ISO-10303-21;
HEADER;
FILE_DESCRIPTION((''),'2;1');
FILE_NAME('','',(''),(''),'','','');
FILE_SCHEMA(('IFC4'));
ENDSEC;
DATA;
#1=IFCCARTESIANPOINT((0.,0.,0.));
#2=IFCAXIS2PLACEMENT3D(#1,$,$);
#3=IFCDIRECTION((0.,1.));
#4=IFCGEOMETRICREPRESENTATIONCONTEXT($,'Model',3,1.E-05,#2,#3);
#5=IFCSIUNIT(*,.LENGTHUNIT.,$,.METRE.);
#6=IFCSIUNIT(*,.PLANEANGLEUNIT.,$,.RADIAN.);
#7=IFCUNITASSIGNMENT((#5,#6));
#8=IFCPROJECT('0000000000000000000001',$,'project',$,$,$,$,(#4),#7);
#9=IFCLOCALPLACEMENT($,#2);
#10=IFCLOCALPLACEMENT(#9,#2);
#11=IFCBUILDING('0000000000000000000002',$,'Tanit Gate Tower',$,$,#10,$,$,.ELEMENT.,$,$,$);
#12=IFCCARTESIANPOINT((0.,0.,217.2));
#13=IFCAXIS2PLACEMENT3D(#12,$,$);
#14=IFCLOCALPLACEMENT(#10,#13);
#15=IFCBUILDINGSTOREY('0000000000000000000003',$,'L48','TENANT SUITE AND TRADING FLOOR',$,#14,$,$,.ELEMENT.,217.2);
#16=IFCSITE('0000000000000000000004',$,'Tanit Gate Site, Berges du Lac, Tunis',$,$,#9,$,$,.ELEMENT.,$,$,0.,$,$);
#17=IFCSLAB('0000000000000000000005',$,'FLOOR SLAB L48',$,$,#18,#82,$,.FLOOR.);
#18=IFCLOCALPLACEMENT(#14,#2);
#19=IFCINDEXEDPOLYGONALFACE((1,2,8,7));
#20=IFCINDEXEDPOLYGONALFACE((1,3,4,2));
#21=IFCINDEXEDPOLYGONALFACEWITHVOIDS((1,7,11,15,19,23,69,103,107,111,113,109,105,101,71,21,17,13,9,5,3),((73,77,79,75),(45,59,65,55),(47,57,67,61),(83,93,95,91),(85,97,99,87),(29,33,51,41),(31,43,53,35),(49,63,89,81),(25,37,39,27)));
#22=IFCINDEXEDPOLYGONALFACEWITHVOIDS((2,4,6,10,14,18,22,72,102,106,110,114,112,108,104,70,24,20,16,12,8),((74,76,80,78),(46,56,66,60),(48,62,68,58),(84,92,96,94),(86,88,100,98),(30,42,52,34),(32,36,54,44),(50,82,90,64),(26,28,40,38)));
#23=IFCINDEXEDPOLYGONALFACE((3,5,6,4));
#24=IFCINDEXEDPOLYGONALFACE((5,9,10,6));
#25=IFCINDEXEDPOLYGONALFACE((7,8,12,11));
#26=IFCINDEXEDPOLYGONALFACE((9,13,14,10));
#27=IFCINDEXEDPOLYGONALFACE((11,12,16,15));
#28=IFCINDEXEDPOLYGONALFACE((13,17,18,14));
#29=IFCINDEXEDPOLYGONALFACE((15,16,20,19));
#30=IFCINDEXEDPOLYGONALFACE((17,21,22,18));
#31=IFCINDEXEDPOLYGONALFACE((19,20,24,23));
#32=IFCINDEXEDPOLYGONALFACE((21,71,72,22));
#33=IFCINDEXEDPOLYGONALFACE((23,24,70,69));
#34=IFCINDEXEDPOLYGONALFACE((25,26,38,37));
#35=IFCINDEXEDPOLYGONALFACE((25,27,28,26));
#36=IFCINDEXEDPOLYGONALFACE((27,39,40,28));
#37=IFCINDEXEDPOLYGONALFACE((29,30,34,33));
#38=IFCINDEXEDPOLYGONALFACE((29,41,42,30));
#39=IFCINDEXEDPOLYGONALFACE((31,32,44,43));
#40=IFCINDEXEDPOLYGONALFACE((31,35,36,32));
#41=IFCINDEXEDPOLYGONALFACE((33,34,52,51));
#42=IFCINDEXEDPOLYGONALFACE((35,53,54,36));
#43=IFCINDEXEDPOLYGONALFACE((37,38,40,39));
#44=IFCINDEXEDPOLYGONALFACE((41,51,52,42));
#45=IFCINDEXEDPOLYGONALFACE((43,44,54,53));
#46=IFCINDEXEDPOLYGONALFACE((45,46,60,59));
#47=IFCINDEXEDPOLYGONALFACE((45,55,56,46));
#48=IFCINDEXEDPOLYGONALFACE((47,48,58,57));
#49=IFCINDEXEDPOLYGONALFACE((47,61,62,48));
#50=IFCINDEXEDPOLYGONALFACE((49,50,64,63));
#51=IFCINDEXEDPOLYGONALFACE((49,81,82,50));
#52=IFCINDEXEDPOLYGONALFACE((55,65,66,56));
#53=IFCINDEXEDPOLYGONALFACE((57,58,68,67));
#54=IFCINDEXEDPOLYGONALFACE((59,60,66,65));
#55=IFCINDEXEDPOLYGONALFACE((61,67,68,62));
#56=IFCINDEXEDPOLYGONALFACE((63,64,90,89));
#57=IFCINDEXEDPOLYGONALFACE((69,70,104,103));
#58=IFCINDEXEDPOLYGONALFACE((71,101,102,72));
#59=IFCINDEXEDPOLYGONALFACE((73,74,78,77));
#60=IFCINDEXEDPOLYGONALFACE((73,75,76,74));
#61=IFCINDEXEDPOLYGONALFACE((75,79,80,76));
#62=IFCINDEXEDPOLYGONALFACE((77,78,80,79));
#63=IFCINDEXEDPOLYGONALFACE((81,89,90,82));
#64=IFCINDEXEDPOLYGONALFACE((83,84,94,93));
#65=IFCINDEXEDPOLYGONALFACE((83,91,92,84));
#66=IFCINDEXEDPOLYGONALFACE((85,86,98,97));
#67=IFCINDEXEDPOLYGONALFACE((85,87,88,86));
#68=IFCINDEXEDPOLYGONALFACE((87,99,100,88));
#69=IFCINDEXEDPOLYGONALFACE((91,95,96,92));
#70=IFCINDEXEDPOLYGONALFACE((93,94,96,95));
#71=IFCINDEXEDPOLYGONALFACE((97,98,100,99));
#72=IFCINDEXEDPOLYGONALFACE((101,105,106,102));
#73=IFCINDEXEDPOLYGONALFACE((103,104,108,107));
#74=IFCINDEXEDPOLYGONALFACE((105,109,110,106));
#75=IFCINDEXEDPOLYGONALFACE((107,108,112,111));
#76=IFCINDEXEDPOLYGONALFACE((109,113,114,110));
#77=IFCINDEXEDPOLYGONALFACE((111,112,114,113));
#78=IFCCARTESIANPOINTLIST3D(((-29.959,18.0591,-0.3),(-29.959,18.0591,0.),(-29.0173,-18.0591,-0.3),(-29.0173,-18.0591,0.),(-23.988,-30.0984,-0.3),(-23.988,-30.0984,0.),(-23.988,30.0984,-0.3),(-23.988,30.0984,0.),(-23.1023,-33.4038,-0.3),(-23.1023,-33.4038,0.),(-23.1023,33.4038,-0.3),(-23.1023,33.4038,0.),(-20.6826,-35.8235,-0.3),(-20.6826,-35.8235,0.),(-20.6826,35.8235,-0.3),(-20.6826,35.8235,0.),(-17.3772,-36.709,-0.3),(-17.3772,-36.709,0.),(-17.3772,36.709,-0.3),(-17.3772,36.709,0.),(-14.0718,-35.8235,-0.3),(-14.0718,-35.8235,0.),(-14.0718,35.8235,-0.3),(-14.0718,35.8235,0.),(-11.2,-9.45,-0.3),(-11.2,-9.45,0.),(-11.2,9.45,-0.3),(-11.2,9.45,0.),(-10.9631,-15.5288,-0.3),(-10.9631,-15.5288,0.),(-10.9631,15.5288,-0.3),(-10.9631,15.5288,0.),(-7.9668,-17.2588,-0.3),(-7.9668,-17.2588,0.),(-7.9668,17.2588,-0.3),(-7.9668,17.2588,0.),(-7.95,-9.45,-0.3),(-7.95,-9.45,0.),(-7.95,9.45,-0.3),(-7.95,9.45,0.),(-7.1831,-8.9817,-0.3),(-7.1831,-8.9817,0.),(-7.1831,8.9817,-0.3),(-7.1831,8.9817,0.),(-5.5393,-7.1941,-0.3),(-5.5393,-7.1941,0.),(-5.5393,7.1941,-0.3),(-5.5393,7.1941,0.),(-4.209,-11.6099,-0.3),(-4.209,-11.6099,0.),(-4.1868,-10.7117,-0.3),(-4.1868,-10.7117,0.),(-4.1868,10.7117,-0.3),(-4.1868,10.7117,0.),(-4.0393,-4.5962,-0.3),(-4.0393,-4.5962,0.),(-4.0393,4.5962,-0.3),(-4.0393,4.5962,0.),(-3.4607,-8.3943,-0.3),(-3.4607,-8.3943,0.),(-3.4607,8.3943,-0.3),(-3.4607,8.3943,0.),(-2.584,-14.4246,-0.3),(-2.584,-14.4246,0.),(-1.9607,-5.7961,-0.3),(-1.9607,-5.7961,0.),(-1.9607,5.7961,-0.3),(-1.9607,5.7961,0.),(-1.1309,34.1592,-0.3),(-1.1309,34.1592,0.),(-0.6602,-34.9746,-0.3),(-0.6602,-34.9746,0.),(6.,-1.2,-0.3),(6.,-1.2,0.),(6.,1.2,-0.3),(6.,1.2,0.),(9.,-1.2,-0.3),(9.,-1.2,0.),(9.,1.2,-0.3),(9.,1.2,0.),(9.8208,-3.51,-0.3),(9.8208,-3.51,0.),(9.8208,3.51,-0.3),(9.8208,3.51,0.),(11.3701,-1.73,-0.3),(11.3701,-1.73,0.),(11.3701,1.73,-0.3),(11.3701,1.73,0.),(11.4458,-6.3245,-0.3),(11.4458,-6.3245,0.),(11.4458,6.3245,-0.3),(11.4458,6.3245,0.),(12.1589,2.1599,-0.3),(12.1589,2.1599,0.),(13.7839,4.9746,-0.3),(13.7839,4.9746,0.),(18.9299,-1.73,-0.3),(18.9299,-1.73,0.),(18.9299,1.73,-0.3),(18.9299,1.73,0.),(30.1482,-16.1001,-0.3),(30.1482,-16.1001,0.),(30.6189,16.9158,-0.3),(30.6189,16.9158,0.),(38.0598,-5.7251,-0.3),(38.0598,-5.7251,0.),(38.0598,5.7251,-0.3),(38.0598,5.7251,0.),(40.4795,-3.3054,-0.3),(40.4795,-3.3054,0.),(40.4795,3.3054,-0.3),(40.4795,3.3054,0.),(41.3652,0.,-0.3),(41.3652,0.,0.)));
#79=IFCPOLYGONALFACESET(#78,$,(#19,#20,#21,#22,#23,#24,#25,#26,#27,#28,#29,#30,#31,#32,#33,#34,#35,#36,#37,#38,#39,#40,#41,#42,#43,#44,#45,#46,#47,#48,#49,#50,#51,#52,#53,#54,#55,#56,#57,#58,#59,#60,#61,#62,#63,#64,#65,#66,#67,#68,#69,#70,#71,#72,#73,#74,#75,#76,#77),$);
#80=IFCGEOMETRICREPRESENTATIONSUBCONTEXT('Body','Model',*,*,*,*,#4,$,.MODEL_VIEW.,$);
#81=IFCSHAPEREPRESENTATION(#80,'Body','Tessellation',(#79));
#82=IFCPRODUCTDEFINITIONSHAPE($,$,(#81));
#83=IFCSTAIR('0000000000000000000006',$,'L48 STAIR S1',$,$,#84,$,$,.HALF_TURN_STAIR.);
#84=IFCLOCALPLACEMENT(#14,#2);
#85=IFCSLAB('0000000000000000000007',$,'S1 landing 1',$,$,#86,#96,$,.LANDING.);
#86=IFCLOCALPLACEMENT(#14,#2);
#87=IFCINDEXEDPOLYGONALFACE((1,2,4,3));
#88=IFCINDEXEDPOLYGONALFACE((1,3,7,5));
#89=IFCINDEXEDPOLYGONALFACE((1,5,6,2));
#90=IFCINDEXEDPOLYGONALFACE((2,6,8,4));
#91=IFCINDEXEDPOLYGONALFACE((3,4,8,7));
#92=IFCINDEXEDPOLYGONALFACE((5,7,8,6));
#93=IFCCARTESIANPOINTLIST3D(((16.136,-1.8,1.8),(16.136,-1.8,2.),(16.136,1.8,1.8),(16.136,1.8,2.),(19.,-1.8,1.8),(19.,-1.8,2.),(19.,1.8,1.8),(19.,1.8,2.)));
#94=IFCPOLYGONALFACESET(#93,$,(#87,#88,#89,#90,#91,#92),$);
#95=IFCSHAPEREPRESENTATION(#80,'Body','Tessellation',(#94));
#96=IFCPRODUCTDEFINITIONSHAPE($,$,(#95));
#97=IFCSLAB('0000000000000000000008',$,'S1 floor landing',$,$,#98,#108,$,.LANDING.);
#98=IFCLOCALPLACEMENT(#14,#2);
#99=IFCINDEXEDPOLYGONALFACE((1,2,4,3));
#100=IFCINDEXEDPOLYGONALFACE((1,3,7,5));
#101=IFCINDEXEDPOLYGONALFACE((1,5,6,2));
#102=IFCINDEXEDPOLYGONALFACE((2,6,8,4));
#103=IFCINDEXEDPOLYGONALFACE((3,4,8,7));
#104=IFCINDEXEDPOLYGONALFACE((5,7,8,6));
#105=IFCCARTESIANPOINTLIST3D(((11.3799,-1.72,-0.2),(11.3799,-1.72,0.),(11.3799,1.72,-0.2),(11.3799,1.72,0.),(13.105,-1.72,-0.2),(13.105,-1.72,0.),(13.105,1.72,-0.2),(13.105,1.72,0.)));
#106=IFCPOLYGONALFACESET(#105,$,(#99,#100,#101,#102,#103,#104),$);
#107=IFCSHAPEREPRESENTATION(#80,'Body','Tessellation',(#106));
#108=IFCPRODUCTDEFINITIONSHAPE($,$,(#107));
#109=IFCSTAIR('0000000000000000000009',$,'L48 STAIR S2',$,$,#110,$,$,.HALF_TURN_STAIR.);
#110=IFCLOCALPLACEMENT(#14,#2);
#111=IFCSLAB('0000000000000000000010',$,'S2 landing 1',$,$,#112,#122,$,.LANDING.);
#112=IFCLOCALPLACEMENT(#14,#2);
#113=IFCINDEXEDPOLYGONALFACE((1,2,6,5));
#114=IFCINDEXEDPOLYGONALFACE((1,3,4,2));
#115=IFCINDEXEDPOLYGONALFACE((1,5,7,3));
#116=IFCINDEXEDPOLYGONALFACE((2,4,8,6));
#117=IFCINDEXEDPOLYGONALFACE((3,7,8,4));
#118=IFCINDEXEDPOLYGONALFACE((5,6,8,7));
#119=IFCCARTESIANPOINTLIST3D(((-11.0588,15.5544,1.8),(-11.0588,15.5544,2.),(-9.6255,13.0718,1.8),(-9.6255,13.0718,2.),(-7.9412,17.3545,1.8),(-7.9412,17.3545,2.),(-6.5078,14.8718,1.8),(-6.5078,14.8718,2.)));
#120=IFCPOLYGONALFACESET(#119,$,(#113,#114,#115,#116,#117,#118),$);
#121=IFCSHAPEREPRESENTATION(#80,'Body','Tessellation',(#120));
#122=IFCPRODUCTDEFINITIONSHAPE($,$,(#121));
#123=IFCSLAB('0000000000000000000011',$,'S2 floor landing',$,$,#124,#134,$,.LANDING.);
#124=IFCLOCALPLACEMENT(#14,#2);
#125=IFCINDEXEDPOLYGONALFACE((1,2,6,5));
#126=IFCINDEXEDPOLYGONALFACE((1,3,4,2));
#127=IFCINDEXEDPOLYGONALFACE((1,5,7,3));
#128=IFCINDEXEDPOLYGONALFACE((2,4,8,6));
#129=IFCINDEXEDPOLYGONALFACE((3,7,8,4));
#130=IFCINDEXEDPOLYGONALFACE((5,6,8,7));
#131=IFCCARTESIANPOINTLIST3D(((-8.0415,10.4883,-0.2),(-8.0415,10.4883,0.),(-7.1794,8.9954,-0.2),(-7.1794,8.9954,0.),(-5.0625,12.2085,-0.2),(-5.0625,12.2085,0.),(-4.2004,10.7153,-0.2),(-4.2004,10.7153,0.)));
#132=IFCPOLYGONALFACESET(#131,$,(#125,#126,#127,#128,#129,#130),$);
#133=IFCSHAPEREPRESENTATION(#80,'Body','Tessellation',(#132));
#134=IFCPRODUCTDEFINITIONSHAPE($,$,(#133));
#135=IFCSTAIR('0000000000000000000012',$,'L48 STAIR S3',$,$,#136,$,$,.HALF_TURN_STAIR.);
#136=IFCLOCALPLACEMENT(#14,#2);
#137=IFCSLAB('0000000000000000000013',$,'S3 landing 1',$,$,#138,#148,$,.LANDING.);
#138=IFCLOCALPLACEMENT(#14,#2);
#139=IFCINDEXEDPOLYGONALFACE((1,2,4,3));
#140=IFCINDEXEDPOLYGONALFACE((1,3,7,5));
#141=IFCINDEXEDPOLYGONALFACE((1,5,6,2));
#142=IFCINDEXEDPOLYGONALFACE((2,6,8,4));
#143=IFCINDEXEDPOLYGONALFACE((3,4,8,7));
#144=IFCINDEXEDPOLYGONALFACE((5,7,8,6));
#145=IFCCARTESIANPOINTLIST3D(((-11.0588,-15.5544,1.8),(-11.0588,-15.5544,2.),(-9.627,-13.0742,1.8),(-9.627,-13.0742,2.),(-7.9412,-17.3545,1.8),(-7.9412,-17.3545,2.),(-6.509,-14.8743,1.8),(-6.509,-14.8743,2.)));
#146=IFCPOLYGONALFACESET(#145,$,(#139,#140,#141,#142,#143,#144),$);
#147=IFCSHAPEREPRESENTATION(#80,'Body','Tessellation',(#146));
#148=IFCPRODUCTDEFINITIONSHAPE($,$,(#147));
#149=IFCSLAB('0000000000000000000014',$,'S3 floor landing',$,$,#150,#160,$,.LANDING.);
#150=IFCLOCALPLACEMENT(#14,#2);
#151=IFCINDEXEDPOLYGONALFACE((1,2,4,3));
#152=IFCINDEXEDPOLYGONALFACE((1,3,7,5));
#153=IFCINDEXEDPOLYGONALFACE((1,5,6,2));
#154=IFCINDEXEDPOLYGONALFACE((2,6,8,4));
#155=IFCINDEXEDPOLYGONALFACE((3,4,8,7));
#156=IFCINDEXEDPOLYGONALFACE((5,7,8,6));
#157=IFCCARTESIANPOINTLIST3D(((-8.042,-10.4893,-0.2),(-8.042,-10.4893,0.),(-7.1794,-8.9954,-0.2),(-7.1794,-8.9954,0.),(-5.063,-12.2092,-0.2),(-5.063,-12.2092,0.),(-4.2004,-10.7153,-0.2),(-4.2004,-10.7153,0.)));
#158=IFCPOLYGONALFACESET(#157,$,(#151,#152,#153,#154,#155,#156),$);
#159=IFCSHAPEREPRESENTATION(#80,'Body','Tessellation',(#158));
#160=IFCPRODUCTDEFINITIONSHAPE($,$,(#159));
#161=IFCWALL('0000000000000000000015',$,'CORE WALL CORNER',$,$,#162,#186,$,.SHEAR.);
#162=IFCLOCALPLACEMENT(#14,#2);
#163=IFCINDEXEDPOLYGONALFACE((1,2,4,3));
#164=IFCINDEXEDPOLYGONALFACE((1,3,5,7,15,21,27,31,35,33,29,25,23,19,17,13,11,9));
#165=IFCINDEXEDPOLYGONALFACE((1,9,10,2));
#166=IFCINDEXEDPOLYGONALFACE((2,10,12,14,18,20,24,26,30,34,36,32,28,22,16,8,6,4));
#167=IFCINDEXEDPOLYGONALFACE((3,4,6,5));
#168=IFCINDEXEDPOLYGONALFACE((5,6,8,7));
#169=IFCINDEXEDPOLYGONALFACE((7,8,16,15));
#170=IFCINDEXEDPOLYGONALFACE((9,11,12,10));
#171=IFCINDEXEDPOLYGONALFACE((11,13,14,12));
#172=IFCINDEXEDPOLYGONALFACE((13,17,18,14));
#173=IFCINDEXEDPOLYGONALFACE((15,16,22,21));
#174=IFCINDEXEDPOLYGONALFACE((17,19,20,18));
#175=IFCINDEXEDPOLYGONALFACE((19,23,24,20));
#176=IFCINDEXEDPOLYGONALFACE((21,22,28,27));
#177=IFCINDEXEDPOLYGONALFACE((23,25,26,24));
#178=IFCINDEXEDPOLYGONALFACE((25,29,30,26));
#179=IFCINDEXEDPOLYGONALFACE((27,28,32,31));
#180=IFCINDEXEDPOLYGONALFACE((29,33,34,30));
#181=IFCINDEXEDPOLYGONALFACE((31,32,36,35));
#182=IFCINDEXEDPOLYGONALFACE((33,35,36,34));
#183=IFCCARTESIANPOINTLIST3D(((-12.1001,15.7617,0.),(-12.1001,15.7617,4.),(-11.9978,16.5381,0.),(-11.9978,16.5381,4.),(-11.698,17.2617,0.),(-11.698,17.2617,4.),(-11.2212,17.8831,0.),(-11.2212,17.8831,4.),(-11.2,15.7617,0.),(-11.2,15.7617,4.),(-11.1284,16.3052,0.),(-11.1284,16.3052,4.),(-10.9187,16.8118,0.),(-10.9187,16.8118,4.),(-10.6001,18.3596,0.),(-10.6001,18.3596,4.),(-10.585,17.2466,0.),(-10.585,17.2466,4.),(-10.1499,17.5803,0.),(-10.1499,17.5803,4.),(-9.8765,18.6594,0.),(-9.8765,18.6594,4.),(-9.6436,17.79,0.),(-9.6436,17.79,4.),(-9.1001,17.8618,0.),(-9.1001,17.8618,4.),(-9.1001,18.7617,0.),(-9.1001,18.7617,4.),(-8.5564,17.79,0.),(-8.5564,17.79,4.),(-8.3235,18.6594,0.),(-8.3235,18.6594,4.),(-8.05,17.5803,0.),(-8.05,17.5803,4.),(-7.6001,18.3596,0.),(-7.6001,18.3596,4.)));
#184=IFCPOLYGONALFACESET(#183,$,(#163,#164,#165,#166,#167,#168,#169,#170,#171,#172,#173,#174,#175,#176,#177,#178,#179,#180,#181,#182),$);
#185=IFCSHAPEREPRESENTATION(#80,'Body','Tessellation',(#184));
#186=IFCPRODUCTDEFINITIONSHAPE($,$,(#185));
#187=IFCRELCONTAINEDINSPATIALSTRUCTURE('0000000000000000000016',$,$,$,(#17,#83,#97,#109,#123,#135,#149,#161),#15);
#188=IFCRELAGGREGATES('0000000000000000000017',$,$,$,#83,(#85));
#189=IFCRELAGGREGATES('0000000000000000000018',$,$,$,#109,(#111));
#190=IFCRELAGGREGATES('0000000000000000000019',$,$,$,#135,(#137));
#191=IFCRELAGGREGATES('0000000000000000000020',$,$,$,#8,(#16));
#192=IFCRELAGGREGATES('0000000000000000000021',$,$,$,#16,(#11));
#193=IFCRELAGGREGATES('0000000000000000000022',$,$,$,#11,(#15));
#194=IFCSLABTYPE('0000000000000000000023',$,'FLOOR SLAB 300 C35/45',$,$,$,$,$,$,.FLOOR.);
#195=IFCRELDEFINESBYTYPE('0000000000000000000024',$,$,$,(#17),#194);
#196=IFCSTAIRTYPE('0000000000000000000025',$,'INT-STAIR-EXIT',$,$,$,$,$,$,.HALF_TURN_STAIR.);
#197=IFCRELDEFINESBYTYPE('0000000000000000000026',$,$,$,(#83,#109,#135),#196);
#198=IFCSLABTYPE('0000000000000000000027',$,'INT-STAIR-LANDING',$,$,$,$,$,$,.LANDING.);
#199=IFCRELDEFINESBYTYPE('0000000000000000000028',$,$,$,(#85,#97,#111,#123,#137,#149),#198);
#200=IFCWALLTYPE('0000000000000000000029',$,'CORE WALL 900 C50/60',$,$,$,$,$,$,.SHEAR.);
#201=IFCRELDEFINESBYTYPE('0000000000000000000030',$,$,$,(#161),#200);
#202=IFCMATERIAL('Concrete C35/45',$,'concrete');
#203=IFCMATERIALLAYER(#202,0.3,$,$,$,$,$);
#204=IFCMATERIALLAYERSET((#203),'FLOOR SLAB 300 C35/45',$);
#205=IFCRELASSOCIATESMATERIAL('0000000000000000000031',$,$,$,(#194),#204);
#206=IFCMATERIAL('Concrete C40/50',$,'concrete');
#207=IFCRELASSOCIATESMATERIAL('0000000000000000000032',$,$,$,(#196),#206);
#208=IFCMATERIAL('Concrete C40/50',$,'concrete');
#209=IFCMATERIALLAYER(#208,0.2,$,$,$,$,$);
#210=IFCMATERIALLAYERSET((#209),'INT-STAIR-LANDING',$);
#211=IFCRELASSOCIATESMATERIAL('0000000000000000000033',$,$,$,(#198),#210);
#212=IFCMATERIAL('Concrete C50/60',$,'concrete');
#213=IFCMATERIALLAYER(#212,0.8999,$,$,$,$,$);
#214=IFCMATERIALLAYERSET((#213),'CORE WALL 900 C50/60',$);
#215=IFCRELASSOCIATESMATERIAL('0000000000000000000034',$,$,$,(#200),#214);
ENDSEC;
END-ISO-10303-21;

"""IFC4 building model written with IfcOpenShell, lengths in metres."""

from ifc_helpers import new_model, si_unit, direction, frame, origin, place, context, subcontext, project, spatial, polyline, outline, extrude, material, layer, layer_set, type_object, element, aggregate, save


model = new_model("IFC4")

# Units and contexts
model_context = context("Model", 3, precision=1e-05, world=origin(), true_north=direction((0.0, 1.0)))
body_context = subcontext(model_context, "Body", "Model", "MODEL_VIEW")
ifc_project = project(units=[si_unit("LENGTHUNIT", "METRE"), si_unit("PLANEANGLEUNIT", "RADIAN")], contexts=[model_context])

# Site, building, storey
site_placement = place(None, origin())
site = spatial("IfcSite", under=ifc_project, at=site_placement, Name="Tanit Gate Site, Berges du Lac, Tunis", CompositionType="ELEMENT", RefElevation=0.0)
building_placement = place(site_placement, origin())
building = spatial("IfcBuilding", under=site, at=building_placement, Name="Tanit Gate Tower", CompositionType="ELEMENT")
storey_placement = place(building_placement, frame((0.0, 0.0, 217.2)))
storey = spatial("IfcBuildingStorey", under=building, at=storey_placement, Name="L48", Description="TENANT SUITE AND TRADING FLOOR", CompositionType="ELEMENT", Elevation=217.2)

# Slab
ifc_material_1 = material(Name="Concrete C35/45", Category="concrete")
ifc_layer_1 = layer(ifc_material_1, 0.3)
ifc_layer_set_1 = layer_set([ifc_layer_1], Name="FLOOR SLAB 300 C35/45")
slab_type_1 = type_object("IfcSlabType", Name="FLOOR SLAB 300 C35/45", PredefinedType="FLOOR", material=ifc_layer_set_1)
slab_1_placement = place(storey_placement, frame((0.0, 0.0, -0.3)))
element("IfcSlab", 1, at=slab_1_placement, inside=storey, type_object=slab_type_1, Name="FLOOR SLAB L48", PredefinedType="FLOOR", context=body_context, shape_type="SweptSolid", body=[
    extrude(outline(polyline([(38.0598, 5.7251), (40.4795, 3.3054), (41.3652, 0.0), (40.4795, -3.3054), (38.0598, -5.7251), (30.1482, -16.1001), (-0.6602, -34.9746), (-14.0718, -35.8235), (-17.3772, -36.709), (-20.6826, -35.8235), (-23.1023, -33.4038), (-23.988, -30.0984), (-29.0173, -18.0591), (-29.959, 18.0591), (-23.988, 30.0984), (-23.1023, 33.4038), (-20.6826, 35.8235), (-17.3772, 36.709), (-14.0718, 35.8235), (-1.1309, 34.1592), (30.6189, 16.9158), (38.0598, 5.7251)]), holes=[polyline([(11.3701, 1.73), (18.9299, 1.73), (18.9299, -1.73), (11.3701, -1.73), (11.3701, 1.73)]), polyline([(9.8208, 3.51), (11.4458, 6.3245), (13.7839, 4.9746), (12.1589, 2.1599), (9.8208, 3.51)]), polyline([(-4.209, -11.6099), (9.8208, -3.51), (11.4458, -6.3245), (-2.584, -14.4246), (-4.209, -11.6099)]), polyline([(6.0, 1.2), (9.0, 1.2), (9.0, -1.2), (6.0, -1.2), (6.0, 1.2)]), polyline([(-5.5393, 7.1941), (-3.4607, 8.3943), (-1.9607, 5.7961), (-4.0393, 4.5962), (-5.5393, 7.1941)]), polyline([(-1.9607, -5.7961), (-3.4607, -8.3943), (-5.5393, -7.1941), (-4.0393, -4.5962), (-1.9607, -5.7961)]), polyline([(-10.9631, 15.5288), (-7.9668, 17.2588), (-4.1868, 10.7117), (-7.1831, 8.9817), (-10.9631, 15.5288)]), polyline([(-4.1868, -10.7117), (-7.9668, -17.2588), (-10.9631, -15.5288), (-7.1831, -8.9817), (-4.1868, -10.7117)]), polyline([(-11.2, -9.45), (-11.2, 9.45), (-7.95, 9.45), (-7.95, -9.45), (-11.2, -9.45)])]), origin(), (0.0, 0.0, 1.0), 0.3),
])

# Stair, slab
ifc_material_2 = material(Name="Concrete C40/50", Category="concrete")
stair_type = type_object("IfcStairType", Name="INT-STAIR-EXIT", PredefinedType="HALF_TURN_STAIR", material=ifc_material_2)
stair_1_placement = place(storey_placement, origin())
stair_1 = element("IfcStair", 2, at=stair_1_placement, inside=storey, type_object=stair_type, Name="L48 STAIR S1", PredefinedType="HALF_TURN_STAIR")
ifc_material_3 = material(Name="Concrete C40/50", Category="concrete")
ifc_layer_2 = layer(ifc_material_3, 0.2)
ifc_layer_set_2 = layer_set([ifc_layer_2], Name="INT-STAIR-LANDING")
slab_type_2 = type_object("IfcSlabType", Name="INT-STAIR-LANDING", PredefinedType="LANDING", material=ifc_layer_set_2)
slab_2_placement = place(storey_placement, frame((0.0, 0.0, 1.8)))
slab_2 = element("IfcSlab", 3, at=slab_2_placement, type_object=slab_type_2, Name="S1 landing 1", PredefinedType="LANDING", context=body_context, shape_type="SweptSolid", body=[
    extrude(outline(polyline([(16.136, -1.8), (19.0, -1.8), (19.0, 1.8), (16.136, 1.8), (16.136, -1.8)])), origin(), (0.0, 0.0, 1.0), 0.2),
])
aggregate(stair_1, [slab_2])

# Slab
slab_3_placement = place(storey_placement, frame((0.0, 0.0, -0.2)))
element("IfcSlab", 4, at=slab_3_placement, inside=storey, type_object=slab_type_2, Name="S1 floor landing", PredefinedType="LANDING", context=body_context, shape_type="SweptSolid", body=[
    extrude(outline(polyline([(11.3799, -1.72), (13.105, -1.72), (13.105, 1.72), (11.3799, 1.72), (11.3799, -1.72)])), origin(), (0.0, 0.0, 1.0), 0.2),
])

# Stair, slab
stair_2_placement = place(storey_placement, origin())
stair_2 = element("IfcStair", 5, at=stair_2_placement, inside=storey, type_object=stair_type, Name="L48 STAIR S2", PredefinedType="HALF_TURN_STAIR")
slab_4_placement = place(storey_placement, frame((0.0, 0.0, 1.8)))
slab_4 = element("IfcSlab", 6, at=slab_4_placement, type_object=slab_type_2, Name="S2 landing 1", PredefinedType="LANDING", context=body_context, shape_type="SweptSolid", body=[
    extrude(outline(polyline([(-6.5078, 14.8718), (-7.9412, 17.3545), (-11.0588, 15.5544), (-9.6255, 13.0718), (-6.5078, 14.8718)])), origin(), (0.0, 0.0, 1.0), 0.2),
])
aggregate(stair_2, [slab_4])

# Slab
slab_5_placement = place(storey_placement, frame((0.0, 0.0, -0.2)))
element("IfcSlab", 7, at=slab_5_placement, inside=storey, type_object=slab_type_2, Name="S2 floor landing", PredefinedType="LANDING", context=body_context, shape_type="SweptSolid", body=[
    extrude(outline(polyline([(-4.2004, 10.7153), (-5.0625, 12.2085), (-8.0415, 10.4883), (-7.1794, 8.9954), (-4.2004, 10.7153)])), origin(), (0.0, 0.0, 1.0), 0.2),
])

# Stair, slab
stair_3_placement = place(storey_placement, origin())
stair_3 = element("IfcStair", 8, at=stair_3_placement, inside=storey, type_object=stair_type, Name="L48 STAIR S3", PredefinedType="HALF_TURN_STAIR")
slab_6_placement = place(storey_placement, frame((0.0, 0.0, 1.8)))
slab_6 = element("IfcSlab", 9, at=slab_6_placement, type_object=slab_type_2, Name="S3 landing 1", PredefinedType="LANDING", context=body_context, shape_type="SweptSolid", body=[
    extrude(outline(polyline([(-9.627, -13.0742), (-11.0588, -15.5544), (-7.9412, -17.3545), (-6.509, -14.8743), (-9.627, -13.0742)])), origin(), (0.0, 0.0, 1.0), 0.2),
])
aggregate(stair_3, [slab_6])

# Slab
slab_7_placement = place(storey_placement, frame((0.0, 0.0, -0.2)))
element("IfcSlab", 10, at=slab_7_placement, inside=storey, type_object=slab_type_2, Name="S3 floor landing", PredefinedType="LANDING", context=body_context, shape_type="SweptSolid", body=[
    extrude(outline(polyline([(-7.1794, -8.9954), (-8.042, -10.4893), (-5.063, -12.2092), (-4.2004, -10.7153), (-7.1794, -8.9954)])), origin(), (0.0, 0.0, 1.0), 0.2),
])

# Wall
ifc_material_4 = material(Name="Concrete C50/60", Category="concrete")
ifc_layer_3 = layer(ifc_material_4, 0.8999)
ifc_layer_set_3 = layer_set([ifc_layer_3], Name="CORE WALL 900 C50/60")
wall_type_1 = type_object("IfcWallType", Name="CORE WALL 900 C50/60", PredefinedType="SHEAR", material=ifc_layer_set_3)
wall_1_placement = place(storey_placement, origin())
element("IfcWall", 11, at=wall_1_placement, inside=storey, type_object=wall_type_1, Name="CORE WALL CORNER", PredefinedType="SHEAR", context=body_context, shape_type="SweptSolid", body=[
    extrude(outline(polyline([(-7.6001, 18.3596), (-8.3235, 18.6594), (-9.1001, 18.7617), (-9.8765, 18.6594), (-10.6001, 18.3596), (-11.2212, 17.8831), (-11.698, 17.2617), (-11.9978, 16.5381), (-12.1001, 15.7617), (-11.2, 15.7617), (-11.1284, 16.3052), (-10.9187, 16.8118), (-10.585, 17.2466), (-10.1499, 17.5803), (-9.6436, 17.79), (-9.1001, 17.8618), (-8.5564, 17.79), (-8.05, 17.5803), (-7.6001, 18.3596)])), origin(), (0.0, 0.0, 1.0), 4.0),
])

save(model, "model.ifc")
